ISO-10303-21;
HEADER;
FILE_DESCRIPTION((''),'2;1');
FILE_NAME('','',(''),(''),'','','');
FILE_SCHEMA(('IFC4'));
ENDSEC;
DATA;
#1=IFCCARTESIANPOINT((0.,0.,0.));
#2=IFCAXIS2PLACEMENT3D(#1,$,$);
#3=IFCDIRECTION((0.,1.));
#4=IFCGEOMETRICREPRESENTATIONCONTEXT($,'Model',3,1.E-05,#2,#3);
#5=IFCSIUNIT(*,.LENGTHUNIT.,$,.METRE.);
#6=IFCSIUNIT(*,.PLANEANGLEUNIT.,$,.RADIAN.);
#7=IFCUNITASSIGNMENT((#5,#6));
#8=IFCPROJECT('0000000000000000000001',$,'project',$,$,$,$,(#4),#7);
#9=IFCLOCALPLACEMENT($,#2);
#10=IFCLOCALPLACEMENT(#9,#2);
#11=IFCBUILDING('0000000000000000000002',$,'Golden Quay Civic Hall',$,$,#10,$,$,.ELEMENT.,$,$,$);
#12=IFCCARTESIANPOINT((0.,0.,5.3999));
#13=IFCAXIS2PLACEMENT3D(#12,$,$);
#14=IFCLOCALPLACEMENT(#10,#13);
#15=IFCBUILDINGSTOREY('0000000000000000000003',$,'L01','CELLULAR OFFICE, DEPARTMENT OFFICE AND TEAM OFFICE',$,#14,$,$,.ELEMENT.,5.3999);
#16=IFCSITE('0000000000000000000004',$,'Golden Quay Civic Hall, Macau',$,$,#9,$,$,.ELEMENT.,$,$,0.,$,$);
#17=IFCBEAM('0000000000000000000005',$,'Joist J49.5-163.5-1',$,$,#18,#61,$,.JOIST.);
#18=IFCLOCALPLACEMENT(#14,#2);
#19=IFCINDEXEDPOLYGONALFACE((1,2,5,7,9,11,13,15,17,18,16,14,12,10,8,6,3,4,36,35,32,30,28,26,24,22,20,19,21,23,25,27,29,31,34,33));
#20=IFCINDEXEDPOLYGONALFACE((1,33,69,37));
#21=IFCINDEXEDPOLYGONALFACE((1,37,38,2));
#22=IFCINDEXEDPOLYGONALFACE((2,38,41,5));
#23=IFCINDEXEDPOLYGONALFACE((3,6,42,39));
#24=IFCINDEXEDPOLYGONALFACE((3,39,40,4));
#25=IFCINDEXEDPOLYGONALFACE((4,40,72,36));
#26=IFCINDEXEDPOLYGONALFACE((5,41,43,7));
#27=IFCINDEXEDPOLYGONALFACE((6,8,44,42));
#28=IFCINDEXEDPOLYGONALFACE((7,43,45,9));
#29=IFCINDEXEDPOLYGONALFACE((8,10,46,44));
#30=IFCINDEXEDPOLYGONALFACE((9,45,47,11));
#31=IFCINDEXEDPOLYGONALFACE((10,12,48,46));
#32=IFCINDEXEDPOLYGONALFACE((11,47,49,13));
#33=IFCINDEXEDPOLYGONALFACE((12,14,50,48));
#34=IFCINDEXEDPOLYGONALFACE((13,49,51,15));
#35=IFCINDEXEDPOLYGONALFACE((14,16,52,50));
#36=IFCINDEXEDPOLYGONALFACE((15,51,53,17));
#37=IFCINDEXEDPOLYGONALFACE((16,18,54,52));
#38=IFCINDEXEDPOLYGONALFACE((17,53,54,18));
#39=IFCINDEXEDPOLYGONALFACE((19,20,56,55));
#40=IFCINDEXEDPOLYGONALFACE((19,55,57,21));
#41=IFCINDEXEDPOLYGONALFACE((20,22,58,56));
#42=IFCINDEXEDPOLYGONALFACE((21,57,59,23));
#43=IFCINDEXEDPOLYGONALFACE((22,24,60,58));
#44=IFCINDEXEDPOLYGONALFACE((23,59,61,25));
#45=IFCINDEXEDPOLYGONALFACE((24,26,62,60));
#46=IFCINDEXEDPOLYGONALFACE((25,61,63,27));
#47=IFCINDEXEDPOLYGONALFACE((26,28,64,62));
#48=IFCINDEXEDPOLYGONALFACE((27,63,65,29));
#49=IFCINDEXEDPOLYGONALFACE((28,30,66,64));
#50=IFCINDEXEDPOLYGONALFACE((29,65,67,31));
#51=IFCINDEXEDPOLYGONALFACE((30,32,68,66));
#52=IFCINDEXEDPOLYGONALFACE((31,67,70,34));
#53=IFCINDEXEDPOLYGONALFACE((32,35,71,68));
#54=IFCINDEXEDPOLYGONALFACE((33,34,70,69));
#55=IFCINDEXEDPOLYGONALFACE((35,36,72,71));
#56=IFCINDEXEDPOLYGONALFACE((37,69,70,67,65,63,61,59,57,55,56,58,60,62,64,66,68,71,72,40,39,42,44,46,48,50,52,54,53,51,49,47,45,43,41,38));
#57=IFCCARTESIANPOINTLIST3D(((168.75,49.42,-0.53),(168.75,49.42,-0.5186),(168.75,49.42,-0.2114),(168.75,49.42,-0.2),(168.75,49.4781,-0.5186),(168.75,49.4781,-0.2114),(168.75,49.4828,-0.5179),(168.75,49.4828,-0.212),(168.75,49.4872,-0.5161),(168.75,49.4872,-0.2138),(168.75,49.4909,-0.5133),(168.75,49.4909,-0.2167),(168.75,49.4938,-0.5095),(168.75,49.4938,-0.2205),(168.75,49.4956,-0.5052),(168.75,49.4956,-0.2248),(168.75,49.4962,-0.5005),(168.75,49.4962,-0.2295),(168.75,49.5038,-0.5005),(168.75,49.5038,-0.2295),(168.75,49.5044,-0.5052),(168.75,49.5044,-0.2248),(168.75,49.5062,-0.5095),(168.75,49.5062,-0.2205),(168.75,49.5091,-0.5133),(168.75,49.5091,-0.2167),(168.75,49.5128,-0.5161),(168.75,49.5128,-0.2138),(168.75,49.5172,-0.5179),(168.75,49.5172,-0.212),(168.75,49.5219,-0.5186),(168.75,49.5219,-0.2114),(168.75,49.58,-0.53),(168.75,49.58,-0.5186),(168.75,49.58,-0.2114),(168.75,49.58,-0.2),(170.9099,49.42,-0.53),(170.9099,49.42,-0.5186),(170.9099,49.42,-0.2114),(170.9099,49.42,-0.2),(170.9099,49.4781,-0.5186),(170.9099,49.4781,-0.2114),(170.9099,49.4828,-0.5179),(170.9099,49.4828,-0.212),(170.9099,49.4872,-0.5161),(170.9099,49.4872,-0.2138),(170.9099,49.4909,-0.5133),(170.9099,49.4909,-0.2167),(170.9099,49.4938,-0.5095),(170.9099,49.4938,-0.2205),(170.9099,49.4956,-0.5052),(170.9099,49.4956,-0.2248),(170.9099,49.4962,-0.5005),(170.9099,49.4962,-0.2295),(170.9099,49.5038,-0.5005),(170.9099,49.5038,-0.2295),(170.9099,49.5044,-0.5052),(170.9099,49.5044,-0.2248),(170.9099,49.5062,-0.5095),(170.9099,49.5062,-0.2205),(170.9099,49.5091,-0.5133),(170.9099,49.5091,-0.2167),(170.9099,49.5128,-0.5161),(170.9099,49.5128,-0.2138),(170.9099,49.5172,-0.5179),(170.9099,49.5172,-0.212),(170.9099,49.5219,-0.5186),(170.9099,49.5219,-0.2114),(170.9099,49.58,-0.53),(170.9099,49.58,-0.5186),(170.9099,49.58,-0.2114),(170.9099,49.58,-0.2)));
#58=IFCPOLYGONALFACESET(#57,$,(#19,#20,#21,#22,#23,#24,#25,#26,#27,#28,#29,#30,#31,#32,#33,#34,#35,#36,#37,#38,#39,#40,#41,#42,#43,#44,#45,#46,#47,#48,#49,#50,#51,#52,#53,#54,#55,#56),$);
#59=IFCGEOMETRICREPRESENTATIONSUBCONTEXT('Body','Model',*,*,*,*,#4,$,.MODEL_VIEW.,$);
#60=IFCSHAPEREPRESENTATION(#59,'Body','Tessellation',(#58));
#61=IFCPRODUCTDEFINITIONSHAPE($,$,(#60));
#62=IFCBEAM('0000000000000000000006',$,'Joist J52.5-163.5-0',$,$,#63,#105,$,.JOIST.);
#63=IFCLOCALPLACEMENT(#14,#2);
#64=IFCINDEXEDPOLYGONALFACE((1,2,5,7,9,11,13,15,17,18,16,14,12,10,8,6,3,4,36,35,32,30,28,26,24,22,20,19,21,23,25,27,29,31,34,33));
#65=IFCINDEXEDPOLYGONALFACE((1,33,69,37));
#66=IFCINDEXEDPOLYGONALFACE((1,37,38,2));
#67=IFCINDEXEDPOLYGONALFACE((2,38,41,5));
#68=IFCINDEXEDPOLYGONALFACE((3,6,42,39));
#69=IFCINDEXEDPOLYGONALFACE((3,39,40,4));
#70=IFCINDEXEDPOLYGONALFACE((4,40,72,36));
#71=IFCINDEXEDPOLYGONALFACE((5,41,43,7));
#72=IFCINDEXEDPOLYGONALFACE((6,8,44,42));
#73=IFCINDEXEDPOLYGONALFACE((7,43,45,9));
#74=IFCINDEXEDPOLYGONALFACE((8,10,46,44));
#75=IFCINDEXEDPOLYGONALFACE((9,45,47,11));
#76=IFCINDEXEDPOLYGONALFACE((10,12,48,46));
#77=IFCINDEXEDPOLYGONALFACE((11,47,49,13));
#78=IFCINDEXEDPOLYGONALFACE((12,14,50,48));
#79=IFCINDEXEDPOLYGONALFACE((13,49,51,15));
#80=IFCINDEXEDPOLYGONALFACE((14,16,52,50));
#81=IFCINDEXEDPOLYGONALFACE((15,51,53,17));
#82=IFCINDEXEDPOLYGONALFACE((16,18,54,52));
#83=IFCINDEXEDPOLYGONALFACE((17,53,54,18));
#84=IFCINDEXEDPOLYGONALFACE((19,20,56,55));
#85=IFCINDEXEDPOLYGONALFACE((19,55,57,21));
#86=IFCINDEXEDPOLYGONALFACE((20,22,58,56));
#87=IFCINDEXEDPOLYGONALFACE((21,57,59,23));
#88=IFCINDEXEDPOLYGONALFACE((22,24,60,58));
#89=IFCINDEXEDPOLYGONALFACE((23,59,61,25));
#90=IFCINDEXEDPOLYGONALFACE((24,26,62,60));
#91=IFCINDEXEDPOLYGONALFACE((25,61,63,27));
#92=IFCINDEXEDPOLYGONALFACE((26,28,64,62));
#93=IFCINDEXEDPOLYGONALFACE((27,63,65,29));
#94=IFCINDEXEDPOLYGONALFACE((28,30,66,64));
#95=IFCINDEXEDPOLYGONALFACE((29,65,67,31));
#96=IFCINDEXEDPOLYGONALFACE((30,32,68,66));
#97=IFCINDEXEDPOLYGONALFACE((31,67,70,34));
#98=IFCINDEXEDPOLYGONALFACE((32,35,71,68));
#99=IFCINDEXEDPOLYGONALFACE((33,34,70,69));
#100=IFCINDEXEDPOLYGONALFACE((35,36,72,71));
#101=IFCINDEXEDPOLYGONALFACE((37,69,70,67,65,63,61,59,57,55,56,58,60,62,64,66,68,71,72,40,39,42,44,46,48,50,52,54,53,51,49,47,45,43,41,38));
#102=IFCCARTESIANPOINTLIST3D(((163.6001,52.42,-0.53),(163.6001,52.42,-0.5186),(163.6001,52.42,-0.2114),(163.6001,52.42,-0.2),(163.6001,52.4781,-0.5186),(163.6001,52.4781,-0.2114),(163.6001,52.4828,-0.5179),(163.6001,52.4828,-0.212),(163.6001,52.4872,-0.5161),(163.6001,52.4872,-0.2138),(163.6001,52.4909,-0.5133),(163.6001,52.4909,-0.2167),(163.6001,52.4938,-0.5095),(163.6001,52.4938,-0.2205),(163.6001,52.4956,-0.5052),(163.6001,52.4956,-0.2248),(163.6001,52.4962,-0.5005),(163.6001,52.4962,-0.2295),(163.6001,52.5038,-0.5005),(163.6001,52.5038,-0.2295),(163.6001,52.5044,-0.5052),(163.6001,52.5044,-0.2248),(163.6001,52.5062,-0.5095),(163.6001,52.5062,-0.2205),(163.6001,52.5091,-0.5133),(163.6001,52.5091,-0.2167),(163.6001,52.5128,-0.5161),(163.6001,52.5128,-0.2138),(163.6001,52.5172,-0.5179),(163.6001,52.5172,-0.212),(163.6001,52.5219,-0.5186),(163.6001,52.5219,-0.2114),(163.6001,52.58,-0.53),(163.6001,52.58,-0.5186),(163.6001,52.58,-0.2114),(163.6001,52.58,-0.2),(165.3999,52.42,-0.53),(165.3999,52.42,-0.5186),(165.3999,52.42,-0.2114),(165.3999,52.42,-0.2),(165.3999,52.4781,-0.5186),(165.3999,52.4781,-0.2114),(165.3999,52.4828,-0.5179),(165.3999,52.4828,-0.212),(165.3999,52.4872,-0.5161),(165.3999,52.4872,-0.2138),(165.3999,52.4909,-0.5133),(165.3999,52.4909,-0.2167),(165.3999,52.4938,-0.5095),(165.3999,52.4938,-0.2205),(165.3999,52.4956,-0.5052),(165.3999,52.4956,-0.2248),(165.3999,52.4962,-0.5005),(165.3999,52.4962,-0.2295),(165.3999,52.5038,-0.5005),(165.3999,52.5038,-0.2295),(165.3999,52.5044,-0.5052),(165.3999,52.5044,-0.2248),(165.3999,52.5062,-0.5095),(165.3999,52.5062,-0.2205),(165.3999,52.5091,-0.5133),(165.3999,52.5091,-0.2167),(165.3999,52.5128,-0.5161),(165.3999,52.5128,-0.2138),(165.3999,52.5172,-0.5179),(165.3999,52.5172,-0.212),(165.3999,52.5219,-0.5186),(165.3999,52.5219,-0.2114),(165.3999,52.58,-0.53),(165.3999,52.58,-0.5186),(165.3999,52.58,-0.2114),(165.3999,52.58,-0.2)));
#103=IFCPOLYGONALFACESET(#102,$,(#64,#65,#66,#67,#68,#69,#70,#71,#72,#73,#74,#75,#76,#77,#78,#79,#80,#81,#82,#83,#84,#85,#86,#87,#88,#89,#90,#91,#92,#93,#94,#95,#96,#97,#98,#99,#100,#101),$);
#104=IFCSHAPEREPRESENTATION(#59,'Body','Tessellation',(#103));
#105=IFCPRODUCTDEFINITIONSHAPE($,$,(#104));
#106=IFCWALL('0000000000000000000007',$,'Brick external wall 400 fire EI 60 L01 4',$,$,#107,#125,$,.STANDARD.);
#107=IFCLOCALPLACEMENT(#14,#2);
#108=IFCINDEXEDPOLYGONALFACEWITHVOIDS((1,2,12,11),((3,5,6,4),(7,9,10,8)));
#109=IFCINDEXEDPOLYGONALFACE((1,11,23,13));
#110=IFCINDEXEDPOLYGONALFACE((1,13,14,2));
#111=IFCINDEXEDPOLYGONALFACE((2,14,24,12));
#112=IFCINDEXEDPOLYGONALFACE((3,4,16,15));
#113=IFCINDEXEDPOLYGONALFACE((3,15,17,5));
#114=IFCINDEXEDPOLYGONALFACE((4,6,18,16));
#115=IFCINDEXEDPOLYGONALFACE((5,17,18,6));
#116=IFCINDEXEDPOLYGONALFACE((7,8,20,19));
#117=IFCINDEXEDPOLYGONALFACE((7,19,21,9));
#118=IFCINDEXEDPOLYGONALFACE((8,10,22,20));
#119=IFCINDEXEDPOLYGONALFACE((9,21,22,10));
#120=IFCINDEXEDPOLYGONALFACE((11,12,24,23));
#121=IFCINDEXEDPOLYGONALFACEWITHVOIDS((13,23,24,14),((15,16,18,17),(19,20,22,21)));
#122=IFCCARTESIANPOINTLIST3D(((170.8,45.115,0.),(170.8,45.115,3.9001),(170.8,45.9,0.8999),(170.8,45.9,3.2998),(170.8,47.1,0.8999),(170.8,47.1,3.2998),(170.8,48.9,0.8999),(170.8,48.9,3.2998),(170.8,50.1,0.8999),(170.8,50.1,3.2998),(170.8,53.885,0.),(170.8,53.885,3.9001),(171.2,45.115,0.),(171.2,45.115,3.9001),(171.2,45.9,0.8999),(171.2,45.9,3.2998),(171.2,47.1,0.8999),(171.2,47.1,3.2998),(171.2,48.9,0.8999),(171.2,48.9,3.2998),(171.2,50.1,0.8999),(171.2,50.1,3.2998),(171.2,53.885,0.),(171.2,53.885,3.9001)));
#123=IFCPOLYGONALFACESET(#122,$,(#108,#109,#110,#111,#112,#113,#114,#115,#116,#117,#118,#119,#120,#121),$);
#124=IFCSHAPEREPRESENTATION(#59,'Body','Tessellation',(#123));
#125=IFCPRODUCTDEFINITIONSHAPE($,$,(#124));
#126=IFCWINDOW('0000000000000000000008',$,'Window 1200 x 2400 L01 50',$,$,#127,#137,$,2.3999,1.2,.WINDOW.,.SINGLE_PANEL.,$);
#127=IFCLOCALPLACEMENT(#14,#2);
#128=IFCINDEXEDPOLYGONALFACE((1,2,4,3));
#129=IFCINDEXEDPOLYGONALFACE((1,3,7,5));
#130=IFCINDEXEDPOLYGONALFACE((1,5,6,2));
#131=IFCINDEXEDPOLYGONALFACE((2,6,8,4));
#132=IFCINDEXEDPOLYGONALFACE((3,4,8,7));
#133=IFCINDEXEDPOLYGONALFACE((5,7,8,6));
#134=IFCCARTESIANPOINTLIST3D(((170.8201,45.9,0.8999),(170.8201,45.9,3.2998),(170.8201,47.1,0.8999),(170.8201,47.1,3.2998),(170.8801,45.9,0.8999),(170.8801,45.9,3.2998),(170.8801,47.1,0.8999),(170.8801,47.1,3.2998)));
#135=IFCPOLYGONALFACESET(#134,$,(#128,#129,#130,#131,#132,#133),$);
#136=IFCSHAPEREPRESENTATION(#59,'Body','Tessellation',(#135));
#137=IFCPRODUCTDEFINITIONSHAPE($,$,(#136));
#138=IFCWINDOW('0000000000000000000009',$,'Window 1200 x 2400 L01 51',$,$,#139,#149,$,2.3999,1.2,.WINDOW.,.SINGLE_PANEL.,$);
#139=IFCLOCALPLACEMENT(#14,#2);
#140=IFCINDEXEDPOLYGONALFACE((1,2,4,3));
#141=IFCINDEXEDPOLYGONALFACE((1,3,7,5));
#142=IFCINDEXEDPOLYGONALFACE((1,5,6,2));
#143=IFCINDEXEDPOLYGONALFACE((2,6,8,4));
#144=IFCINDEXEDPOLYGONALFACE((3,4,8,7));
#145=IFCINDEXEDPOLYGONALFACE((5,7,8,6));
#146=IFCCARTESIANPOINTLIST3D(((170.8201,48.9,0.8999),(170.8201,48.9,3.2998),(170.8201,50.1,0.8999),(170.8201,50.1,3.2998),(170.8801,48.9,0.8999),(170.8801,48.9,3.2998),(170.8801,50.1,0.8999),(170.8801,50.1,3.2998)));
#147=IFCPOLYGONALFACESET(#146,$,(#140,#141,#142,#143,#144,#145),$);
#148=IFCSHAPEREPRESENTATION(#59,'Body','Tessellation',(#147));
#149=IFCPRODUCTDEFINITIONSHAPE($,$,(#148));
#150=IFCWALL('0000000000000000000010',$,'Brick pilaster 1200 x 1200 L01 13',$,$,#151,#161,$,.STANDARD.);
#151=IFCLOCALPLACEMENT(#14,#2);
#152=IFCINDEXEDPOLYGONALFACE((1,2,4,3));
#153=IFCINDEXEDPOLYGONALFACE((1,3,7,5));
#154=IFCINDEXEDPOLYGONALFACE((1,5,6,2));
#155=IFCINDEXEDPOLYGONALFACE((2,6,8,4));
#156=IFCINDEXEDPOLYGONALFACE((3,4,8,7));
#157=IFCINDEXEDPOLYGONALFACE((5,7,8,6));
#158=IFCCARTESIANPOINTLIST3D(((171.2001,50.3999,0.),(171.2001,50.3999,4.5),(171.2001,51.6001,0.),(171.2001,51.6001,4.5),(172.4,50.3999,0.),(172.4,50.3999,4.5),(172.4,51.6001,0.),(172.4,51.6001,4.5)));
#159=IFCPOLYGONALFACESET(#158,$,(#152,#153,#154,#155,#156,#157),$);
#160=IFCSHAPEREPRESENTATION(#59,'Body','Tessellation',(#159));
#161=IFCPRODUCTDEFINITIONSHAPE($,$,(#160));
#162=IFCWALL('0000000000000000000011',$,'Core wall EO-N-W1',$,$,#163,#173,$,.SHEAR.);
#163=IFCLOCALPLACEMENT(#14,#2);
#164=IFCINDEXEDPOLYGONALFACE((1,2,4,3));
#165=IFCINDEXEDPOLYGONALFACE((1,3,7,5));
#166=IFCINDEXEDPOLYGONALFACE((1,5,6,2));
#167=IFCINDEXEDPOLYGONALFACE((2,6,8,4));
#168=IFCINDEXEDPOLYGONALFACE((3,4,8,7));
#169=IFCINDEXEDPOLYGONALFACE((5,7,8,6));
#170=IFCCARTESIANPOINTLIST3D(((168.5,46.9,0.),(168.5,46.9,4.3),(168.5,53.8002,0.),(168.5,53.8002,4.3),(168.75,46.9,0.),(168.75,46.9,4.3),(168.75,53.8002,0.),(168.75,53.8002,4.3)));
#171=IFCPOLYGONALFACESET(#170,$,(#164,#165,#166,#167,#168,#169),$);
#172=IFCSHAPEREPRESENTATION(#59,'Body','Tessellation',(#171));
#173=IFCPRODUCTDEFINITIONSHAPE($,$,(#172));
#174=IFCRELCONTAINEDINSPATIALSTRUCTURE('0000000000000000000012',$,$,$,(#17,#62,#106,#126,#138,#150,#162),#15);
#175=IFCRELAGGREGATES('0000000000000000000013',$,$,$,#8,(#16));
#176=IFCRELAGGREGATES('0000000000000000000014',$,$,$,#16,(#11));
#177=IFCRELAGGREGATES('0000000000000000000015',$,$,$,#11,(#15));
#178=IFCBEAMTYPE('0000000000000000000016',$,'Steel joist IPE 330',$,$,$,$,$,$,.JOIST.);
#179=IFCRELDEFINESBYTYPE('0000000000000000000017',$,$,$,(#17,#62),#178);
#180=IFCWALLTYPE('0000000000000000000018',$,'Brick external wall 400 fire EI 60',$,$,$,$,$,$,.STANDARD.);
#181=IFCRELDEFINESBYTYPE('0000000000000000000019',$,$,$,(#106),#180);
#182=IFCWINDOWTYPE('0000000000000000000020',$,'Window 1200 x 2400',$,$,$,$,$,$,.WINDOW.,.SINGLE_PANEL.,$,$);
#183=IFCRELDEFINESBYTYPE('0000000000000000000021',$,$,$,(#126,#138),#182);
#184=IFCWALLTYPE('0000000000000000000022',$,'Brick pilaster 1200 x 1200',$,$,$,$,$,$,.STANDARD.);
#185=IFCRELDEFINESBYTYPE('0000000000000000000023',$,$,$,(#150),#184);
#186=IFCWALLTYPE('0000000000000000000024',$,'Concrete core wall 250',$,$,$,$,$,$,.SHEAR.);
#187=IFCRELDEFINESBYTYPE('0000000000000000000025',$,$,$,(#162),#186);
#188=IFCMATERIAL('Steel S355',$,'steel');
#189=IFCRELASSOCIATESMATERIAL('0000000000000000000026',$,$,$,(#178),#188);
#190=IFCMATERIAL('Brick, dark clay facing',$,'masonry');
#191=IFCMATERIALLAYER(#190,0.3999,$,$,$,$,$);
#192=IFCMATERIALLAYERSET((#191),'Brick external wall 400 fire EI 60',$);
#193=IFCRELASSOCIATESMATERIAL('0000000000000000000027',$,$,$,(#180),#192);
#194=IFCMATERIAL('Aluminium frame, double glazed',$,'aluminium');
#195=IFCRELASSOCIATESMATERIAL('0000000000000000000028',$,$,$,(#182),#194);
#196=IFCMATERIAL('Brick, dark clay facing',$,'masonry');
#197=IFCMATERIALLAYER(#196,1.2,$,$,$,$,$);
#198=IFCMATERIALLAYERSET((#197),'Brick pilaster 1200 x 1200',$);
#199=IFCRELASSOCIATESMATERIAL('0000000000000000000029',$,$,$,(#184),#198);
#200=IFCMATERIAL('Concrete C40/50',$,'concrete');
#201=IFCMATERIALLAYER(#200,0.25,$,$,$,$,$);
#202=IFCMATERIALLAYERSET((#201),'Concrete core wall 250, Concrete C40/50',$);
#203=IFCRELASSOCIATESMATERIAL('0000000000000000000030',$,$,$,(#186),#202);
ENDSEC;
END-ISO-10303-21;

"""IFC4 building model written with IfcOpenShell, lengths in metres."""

from ifc_helpers import new_model, si_unit, direction, frame, frame_2d, origin, origin_2d, place, context, subcontext, project, spatial, rectangle, i_section, extrude, material, layer, layer_set, material_profile, profile_set, type_object, element, fill, save


model = new_model("IFC4")

# Units and contexts
model_context = context("Model", 3, precision=1e-05, world=origin(), true_north=direction((0.0, 1.0)))
body_context = subcontext(model_context, "Body", "Model", "MODEL_VIEW")
ifc_project = project(units=[si_unit("LENGTHUNIT", "METRE"), si_unit("PLANEANGLEUNIT", "RADIAN")], contexts=[model_context])

# Site, building, storey
site_placement = place(None, origin())
site = spatial("IfcSite", under=ifc_project, at=site_placement, Name="Golden Quay Civic Hall, Macau", CompositionType="ELEMENT", RefElevation=0.0)
building_placement = place(site_placement, origin())
building = spatial("IfcBuilding", under=site, at=building_placement, Name="Golden Quay Civic Hall", CompositionType="ELEMENT")
storey_placement = place(building_placement, frame((0.0, 0.0, 5.3999)))
storey = spatial("IfcBuildingStorey", under=building, at=storey_placement, Name="L01", Description="CELLULAR OFFICE, DEPARTMENT OFFICE AND TEAM OFFICE", CompositionType="ELEMENT", Elevation=5.3999)

# Beams
ifc_material_1 = material(Name="Steel S355", Category="steel")
ifc_material_profile_1 = material_profile(ifc_material_1, i_section(OverallWidth=0.1599, OverallDepth=0.3301, WebThickness=0.0076, FlangeThickness=0.0115, FilletRadius=0.0181, at=origin_2d()), Name="IPE 330")
ifc_profile_set_1 = profile_set([ifc_material_profile_1], Name="Steel S355")
beam_type_1 = type_object("IfcBeamType", Name="Steel joist IPE 330", PredefinedType="JOIST", material=ifc_profile_set_1)
beam_1_placement = place(storey_placement, frame((168.75, 49.5, -0.365), z_axis=(1.0, 0.0, 0.0), x_axis=(0.0, 1.0, 0.0)))
element("IfcBeam", 1, at=beam_1_placement, inside=storey, type_object=beam_type_1, Name="Joist J49.5-163.5-1", PredefinedType="JOIST", context=body_context, shape_type="SweptSolid", body=[
    extrude(i_section(OverallWidth=0.1599, OverallDepth=0.3301, WebThickness=0.0076, FlangeThickness=0.0115, FilletRadius=0.0181, at=origin_2d()), origin(), (0.0, 0.0, 1.0), 2.1599),
])
beam_2_placement = place(storey_placement, frame((163.6001, 52.5, -0.365), z_axis=(1.0, 0.0, 0.0), x_axis=(0.0, 1.0, 0.0)))
element("IfcBeam", 2, at=beam_2_placement, inside=storey, type_object=beam_type_1, Name="Joist J52.5-163.5-0", PredefinedType="JOIST", context=body_context, shape_type="SweptSolid", body=[
    extrude(i_section(OverallWidth=0.1599, OverallDepth=0.3301, WebThickness=0.0076, FlangeThickness=0.0115, FilletRadius=0.0181, at=origin_2d()), origin(), (0.0, 0.0, 1.0), 1.7998),
])

# Wall, openings, windows
ifc_material_2 = material(Name="Brick, dark clay facing", Category="masonry")
ifc_layer_1 = layer(ifc_material_2, 0.3999)
ifc_layer_set_1 = layer_set([ifc_layer_1], Name="Brick external wall 400 fire EI 60")
wall_type_1 = type_object("IfcWallType", Name="Brick external wall 400 fire EI 60", PredefinedType="STANDARD", material=ifc_layer_set_1)
wall_1_placement = place(storey_placement, frame((171.0, 53.885, 0.0), z_axis=(0.0, 0.0, 1.0), x_axis=(0.0, -1.0, 0.0)))
wall_1 = element("IfcWall", 3, at=wall_1_placement, inside=storey, type_object=wall_type_1, Name="Brick external wall 400 fire EI 60 L01 4", PredefinedType="STANDARD", context=body_context, shape_type="SweptSolid", body=[
    extrude(rectangle(XDim=8.77, YDim=0.3999, at=frame_2d((4.385, 0.0))), origin(), (0.0, 0.0, 1.0), 3.9001),
])
opening_1_placement = place(wall_1_placement, frame((6.7849, 0.0, 0.8999)))
opening_1 = element("IfcOpeningElement", 4, at=opening_1_placement, cuts=wall_1, PredefinedType="OPENING", context=body_context, shape_type="SweptSolid", body=[
    extrude(rectangle(XDim=1.2, YDim=2.3999, at=frame_2d((0.6001, 1.2))), frame((0.0, 0.21, 0.0), z_axis=(0.0, -1.0, 0.0), x_axis=(1.0, 0.0, 0.0)), (0.0, 0.0, 1.0), 0.4199),
])
opening_2_placement = place(wall_1_placement, frame((3.7849, 0.0, 0.8999)))
opening_2 = element("IfcOpeningElement", 5, at=opening_2_placement, cuts=wall_1, PredefinedType="OPENING", context=body_context, shape_type="SweptSolid", body=[
    extrude(rectangle(XDim=1.2, YDim=2.3999, at=frame_2d((0.6001, 1.2))), frame((0.0, 0.21, 0.0), z_axis=(0.0, -1.0, 0.0), x_axis=(1.0, 0.0, 0.0)), (0.0, 0.0, 1.0), 0.4199),
])
ifc_material_3 = material(Name="Aluminium frame, double glazed", Category="aluminium")
window_type = type_object("IfcWindowType", Name="Window 1200 x 2400", PartitioningType="SINGLE_PANEL", PredefinedType="WINDOW", material=ifc_material_3)
window_1_placement = place(opening_1_placement, origin())
window_1 = element("IfcWindow", 6, at=window_1_placement, inside=storey, type_object=window_type, Name="Window 1200 x 2400 L01 50", OverallHeight=2.3999, OverallWidth=1.2, PartitioningType="SINGLE_PANEL", PredefinedType="WINDOW", context=body_context, shape_type="SweptSolid", body=[
    extrude(rectangle(XDim=1.2, YDim=2.3999, at=frame_2d((0.6001, 1.2))), frame((0.0, -0.1199, 0.0), z_axis=(0.0, -1.0, 0.0), x_axis=(1.0, 0.0, 0.0)), (0.0, 0.0, 1.0), 0.0601),
])
fill(opening_1, window_1)
window_2_placement = place(opening_2_placement, origin())
window_2 = element("IfcWindow", 7, at=window_2_placement, inside=storey, type_object=window_type, Name="Window 1200 x 2400 L01 51", OverallHeight=2.3999, OverallWidth=1.2, PartitioningType="SINGLE_PANEL", PredefinedType="WINDOW", context=body_context, shape_type="SweptSolid", body=[
    extrude(rectangle(XDim=1.2, YDim=2.3999, at=frame_2d((0.6001, 1.2))), frame((0.0, -0.1199, 0.0), z_axis=(0.0, -1.0, 0.0), x_axis=(1.0, 0.0, 0.0)), (0.0, 0.0, 1.0), 0.0601),
])
fill(opening_2, window_2)

# Walls
ifc_material_4 = material(Name="Brick, dark clay facing", Category="masonry")
ifc_layer_2 = layer(ifc_material_4, 1.2)
ifc_layer_set_2 = layer_set([ifc_layer_2], Name="Brick pilaster 1200 x 1200")
wall_type_2 = type_object("IfcWallType", Name="Brick pilaster 1200 x 1200", PredefinedType="STANDARD", material=ifc_layer_set_2)
wall_2_placement = place(storey_placement, frame((171.8, 50.3999, 0.0), z_axis=(0.0, 0.0, 1.0), x_axis=(0.0, 1.0, 0.0)))
element("IfcWall", 8, at=wall_2_placement, inside=storey, type_object=wall_type_2, Name="Brick pilaster 1200 x 1200 L01 13", PredefinedType="STANDARD", context=body_context, shape_type="SweptSolid", body=[
    extrude(rectangle(XDim=1.2002, YDim=1.2, at=frame_2d((0.6001, 0.0))), origin(), (0.0, 0.0, 1.0), 4.5),
])
ifc_material_5 = material(Name="Concrete C40/50", Category="concrete")
ifc_layer_3 = layer(ifc_material_5, 0.25)
ifc_layer_set_3 = layer_set([ifc_layer_3], Name="Concrete core wall 250, Concrete C40/50")
wall_type_3 = type_object("IfcWallType", Name="Concrete core wall 250", PredefinedType="SHEAR", material=ifc_layer_set_3)
wall_3_placement = place(storey_placement, frame((168.625, 46.8999, 0.0), z_axis=(0.0, 0.0, 1.0), x_axis=(0.0, 1.0, 0.0)))
element("IfcWall", 9, at=wall_3_placement, inside=storey, type_object=wall_type_3, Name="Core wall EO-N-W1", PredefinedType="SHEAR", context=body_context, shape_type="SweptSolid", body=[
    extrude(rectangle(XDim=6.9001, YDim=0.25, at=frame_2d((3.4502, 0.0))), origin(), (0.0, 0.0, 1.0), 4.3),
])

save(model, "model.ifc")
